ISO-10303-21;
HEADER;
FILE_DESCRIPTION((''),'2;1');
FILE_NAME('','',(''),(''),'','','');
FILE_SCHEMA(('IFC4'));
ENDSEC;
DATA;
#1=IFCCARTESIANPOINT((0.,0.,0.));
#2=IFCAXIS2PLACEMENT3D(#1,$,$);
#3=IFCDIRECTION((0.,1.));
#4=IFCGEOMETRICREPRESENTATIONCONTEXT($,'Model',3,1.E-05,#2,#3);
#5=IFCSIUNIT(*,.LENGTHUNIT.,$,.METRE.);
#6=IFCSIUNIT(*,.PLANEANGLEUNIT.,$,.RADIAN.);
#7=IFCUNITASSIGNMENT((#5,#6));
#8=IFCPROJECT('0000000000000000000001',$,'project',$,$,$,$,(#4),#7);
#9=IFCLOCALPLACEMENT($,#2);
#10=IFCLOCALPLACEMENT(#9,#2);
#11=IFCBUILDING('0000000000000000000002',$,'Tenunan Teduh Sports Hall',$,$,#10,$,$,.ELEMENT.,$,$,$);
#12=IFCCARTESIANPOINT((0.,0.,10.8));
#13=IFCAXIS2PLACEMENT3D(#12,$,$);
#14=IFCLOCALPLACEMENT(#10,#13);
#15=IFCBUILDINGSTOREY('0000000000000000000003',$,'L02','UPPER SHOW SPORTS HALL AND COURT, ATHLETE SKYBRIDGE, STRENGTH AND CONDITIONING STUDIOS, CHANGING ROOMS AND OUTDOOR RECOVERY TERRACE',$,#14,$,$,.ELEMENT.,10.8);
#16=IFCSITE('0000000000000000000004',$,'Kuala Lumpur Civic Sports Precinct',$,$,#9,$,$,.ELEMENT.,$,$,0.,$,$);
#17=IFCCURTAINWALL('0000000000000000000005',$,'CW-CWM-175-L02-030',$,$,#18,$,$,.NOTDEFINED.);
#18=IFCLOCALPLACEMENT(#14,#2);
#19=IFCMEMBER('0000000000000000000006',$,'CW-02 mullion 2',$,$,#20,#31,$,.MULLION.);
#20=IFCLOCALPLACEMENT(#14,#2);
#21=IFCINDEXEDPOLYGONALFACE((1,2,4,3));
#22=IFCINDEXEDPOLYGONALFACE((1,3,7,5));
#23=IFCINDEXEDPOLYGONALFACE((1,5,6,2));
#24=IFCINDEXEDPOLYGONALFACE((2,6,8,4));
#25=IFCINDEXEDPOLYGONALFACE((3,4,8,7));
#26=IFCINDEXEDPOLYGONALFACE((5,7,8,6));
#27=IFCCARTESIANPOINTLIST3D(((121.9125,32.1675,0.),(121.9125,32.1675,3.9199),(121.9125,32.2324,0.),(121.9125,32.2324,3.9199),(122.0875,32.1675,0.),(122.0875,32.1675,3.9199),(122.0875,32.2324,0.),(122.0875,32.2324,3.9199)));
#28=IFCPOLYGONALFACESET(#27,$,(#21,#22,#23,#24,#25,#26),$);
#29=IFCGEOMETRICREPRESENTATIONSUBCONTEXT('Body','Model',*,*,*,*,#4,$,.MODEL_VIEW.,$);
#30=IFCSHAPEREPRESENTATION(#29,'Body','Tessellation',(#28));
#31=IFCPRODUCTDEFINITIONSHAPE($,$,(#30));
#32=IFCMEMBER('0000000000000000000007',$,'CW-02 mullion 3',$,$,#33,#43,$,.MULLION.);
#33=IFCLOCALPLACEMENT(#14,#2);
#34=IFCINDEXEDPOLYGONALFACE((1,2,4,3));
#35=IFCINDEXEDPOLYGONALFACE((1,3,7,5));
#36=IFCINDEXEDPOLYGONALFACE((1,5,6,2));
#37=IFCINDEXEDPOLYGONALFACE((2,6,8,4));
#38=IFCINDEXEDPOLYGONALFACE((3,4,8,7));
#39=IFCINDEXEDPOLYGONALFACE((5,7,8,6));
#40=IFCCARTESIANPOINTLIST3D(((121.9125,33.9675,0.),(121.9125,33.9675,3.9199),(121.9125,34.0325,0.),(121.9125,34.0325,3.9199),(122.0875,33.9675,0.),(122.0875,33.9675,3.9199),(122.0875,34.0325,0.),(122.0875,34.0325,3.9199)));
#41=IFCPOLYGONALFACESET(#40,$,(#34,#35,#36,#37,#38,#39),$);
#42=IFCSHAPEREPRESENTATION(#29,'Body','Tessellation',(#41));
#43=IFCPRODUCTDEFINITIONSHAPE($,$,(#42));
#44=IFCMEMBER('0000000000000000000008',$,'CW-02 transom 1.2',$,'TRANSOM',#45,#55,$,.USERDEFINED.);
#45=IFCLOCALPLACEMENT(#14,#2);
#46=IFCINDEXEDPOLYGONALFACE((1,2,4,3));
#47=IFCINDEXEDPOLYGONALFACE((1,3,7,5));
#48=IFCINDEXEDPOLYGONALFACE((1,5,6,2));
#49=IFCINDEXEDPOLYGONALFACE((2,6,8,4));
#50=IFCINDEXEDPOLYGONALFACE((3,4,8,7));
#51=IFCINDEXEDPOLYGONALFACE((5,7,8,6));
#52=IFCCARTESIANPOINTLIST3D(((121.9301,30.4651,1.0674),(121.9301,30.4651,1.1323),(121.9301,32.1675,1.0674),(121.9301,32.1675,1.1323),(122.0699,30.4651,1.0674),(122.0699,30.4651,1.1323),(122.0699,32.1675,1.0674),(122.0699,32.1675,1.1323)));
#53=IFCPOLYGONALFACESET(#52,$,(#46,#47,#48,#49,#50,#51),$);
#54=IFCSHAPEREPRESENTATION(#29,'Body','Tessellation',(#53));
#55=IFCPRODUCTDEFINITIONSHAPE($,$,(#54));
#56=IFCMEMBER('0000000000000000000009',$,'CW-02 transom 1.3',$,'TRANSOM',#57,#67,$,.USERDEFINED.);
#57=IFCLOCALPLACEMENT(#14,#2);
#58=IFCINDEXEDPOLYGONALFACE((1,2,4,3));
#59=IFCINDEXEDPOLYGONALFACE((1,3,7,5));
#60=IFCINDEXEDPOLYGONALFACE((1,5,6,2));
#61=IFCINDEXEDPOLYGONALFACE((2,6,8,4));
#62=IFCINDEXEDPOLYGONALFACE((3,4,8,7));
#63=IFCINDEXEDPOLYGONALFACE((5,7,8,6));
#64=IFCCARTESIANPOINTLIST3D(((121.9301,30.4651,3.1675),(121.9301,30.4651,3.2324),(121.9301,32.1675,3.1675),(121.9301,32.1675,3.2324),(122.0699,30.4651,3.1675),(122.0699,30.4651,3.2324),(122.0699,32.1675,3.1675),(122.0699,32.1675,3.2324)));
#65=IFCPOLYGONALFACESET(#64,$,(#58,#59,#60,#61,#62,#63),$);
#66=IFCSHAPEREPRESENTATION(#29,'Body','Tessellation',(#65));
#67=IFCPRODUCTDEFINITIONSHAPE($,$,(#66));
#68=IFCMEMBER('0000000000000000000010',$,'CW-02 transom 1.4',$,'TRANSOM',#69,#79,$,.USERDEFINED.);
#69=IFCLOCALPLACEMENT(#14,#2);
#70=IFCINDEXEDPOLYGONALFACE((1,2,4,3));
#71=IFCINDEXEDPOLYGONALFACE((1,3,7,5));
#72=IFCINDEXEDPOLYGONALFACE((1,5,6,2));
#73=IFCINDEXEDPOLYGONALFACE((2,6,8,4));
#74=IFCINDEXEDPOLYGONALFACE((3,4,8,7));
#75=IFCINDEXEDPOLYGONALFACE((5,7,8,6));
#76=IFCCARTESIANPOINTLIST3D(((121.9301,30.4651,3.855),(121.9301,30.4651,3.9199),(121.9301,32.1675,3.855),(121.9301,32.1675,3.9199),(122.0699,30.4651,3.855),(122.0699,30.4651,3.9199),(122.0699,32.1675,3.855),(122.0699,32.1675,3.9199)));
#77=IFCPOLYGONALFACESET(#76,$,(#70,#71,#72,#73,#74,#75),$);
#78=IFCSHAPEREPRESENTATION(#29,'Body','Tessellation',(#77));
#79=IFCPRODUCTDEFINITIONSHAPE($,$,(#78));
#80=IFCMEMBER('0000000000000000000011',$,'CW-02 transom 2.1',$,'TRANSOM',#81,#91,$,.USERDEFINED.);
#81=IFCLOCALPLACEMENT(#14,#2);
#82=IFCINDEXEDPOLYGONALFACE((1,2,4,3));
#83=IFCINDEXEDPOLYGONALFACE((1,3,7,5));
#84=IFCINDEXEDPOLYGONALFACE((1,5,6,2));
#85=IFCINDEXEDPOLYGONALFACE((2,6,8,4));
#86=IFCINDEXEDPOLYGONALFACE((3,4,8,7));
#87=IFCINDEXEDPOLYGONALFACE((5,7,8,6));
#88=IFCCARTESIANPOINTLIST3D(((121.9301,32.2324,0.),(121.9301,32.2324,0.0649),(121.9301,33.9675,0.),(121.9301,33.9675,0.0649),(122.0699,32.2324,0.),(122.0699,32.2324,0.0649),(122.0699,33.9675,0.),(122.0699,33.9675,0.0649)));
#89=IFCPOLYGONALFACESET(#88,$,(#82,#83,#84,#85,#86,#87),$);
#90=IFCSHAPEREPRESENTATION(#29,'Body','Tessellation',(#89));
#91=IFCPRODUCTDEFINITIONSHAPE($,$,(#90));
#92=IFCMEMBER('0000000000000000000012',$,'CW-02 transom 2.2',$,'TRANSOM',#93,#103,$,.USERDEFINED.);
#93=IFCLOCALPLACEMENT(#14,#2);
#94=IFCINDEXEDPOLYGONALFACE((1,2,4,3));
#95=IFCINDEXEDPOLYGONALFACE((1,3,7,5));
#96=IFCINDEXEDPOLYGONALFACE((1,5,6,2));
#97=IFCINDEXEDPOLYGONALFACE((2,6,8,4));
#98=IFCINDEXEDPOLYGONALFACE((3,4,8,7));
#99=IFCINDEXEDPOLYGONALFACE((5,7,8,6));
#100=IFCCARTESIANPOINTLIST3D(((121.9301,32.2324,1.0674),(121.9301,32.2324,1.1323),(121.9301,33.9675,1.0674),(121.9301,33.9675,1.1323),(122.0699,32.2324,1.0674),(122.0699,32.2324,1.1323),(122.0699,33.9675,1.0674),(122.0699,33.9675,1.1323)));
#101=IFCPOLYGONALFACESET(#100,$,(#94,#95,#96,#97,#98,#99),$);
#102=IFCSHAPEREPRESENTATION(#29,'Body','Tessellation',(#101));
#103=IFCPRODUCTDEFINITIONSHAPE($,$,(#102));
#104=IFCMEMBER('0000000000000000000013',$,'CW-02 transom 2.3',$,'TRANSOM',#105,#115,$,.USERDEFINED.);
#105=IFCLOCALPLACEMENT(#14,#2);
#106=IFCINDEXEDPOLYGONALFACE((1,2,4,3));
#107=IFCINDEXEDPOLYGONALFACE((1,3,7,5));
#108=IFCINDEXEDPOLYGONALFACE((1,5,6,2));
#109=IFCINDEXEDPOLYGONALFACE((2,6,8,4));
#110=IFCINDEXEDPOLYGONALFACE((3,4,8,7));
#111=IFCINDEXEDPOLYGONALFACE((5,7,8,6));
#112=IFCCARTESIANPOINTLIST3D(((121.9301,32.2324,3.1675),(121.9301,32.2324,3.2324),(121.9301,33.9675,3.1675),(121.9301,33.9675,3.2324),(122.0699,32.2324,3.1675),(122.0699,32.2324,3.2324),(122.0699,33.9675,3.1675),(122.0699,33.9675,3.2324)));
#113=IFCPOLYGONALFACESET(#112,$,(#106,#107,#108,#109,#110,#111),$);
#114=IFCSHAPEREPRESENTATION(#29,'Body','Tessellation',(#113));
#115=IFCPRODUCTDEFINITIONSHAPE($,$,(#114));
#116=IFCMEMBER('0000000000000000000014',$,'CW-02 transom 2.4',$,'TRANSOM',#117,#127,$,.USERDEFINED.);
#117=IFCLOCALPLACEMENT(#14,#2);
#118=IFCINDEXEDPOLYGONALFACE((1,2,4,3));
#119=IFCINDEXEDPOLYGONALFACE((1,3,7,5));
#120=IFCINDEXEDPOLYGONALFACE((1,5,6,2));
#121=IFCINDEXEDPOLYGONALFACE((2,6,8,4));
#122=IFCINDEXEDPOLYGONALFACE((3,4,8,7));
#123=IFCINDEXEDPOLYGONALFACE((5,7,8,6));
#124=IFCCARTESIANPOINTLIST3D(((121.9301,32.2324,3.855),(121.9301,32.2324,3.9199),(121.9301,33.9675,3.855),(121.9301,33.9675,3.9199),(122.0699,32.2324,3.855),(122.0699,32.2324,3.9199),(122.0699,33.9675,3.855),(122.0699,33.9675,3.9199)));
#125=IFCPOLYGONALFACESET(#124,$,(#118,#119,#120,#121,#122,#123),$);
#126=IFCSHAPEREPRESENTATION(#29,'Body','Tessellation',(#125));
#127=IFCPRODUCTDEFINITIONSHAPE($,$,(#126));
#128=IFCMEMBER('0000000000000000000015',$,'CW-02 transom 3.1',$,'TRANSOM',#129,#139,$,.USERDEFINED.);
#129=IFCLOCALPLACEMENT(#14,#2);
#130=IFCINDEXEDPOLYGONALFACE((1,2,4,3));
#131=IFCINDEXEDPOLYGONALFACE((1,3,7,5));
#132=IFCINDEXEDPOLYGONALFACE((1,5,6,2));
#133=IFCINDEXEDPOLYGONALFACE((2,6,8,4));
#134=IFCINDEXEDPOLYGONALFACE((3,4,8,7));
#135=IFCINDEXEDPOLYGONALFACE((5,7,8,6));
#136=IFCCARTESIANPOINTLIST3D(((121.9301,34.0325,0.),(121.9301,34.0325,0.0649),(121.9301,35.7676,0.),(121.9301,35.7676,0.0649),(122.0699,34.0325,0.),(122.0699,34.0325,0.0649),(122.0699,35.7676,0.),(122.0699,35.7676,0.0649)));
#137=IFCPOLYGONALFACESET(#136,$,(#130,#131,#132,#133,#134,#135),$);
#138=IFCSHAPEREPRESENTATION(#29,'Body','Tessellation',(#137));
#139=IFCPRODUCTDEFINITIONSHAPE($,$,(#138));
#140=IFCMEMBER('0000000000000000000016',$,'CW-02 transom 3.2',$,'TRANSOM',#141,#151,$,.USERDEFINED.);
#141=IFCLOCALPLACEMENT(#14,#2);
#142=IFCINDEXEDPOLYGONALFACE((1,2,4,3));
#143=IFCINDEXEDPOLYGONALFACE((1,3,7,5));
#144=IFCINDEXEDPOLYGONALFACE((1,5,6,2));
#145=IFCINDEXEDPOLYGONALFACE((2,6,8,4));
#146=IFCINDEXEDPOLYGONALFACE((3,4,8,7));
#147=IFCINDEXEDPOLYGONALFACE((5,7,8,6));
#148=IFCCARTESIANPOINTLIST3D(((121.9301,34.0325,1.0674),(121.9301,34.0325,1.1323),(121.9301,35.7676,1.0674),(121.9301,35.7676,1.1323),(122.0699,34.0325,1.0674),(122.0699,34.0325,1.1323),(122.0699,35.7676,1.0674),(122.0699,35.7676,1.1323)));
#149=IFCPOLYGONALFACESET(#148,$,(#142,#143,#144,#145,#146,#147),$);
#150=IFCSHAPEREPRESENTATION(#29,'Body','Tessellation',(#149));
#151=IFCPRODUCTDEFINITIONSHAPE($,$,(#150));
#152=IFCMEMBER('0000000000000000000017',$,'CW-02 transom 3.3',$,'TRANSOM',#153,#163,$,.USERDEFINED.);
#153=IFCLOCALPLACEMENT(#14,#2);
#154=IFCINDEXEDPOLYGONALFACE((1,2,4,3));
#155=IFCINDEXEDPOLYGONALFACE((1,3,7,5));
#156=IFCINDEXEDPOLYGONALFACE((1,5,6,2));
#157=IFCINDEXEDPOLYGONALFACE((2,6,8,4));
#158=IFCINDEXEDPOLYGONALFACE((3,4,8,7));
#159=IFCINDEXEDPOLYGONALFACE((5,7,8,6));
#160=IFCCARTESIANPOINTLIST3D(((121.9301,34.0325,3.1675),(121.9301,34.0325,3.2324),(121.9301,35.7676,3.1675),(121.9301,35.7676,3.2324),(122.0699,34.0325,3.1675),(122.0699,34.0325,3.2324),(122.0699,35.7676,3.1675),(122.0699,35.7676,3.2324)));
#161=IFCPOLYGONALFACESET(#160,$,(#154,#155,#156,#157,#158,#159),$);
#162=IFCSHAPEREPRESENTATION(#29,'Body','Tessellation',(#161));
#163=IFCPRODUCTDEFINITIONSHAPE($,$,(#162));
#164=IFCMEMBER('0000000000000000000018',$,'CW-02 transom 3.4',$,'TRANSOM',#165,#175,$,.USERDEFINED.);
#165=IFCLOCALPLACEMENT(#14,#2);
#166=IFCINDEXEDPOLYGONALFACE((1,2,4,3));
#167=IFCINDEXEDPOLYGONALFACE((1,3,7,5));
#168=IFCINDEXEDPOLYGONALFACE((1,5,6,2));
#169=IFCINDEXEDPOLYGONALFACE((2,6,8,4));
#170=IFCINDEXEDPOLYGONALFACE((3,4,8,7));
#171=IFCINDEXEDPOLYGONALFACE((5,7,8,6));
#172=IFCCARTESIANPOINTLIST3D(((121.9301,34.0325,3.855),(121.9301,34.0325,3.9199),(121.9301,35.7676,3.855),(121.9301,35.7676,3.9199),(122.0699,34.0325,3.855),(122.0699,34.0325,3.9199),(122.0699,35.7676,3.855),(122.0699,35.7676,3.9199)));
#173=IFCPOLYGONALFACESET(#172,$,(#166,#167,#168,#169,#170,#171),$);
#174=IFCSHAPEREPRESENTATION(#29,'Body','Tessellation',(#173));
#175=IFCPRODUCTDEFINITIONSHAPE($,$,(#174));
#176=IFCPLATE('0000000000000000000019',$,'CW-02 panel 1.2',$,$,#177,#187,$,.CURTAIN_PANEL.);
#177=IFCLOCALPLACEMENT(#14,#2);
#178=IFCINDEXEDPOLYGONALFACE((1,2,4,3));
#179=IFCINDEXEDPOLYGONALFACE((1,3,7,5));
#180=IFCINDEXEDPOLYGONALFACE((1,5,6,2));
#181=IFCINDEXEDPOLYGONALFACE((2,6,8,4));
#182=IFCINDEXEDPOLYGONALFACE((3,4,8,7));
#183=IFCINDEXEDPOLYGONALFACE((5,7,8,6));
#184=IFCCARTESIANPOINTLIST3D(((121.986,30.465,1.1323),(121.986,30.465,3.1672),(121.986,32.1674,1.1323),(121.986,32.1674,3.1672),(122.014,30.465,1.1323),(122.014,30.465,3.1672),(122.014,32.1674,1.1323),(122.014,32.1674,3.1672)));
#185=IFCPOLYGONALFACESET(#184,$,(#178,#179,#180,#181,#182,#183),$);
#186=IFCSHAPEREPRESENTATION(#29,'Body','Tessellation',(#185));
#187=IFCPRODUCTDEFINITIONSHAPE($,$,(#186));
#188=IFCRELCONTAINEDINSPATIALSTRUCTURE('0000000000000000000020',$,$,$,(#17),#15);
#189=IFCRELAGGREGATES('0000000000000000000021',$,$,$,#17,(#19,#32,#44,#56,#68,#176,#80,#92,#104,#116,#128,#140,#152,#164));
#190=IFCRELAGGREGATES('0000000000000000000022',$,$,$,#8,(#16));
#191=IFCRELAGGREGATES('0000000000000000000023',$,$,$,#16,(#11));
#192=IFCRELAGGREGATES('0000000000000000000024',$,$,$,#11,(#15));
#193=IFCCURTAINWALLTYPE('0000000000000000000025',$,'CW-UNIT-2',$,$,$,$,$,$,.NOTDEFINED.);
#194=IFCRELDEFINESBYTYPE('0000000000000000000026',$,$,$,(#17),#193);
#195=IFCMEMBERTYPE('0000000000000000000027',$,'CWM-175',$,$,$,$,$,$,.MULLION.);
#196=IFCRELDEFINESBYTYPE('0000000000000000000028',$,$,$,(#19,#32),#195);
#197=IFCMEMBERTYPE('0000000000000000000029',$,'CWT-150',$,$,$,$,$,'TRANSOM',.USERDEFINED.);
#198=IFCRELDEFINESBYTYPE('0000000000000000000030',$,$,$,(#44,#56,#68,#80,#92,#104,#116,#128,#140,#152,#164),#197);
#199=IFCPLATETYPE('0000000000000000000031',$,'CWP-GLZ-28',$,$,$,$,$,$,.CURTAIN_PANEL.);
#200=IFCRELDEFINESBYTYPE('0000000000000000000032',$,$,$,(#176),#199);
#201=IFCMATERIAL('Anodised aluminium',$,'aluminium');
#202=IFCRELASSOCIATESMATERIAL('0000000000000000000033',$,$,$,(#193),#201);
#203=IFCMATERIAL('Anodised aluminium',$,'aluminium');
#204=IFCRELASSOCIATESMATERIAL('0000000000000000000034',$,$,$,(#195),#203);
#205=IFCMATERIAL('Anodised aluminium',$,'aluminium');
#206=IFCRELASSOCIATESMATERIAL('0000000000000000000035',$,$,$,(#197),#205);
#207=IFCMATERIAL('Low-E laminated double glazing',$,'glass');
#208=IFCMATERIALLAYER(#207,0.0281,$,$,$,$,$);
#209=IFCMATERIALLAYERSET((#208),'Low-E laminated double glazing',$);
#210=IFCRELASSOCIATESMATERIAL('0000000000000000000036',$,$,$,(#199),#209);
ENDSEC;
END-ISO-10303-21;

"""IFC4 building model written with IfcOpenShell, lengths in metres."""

from ifc_helpers import new_model, si_unit, direction, frame, origin, origin_2d, place, context, subcontext, project, spatial, rectangle, extrude, material, layer, layer_set, material_profile, profile_set, type_object, element, aggregate, save


model = new_model("IFC4")

# Units and contexts
model_context = context("Model", 3, precision=1e-05, world=origin(), true_north=direction((0.0, 1.0)))
body_context = subcontext(model_context, "Body", "Model", "MODEL_VIEW")
ifc_project = project(units=[si_unit("LENGTHUNIT", "METRE"), si_unit("PLANEANGLEUNIT", "RADIAN")], contexts=[model_context])

# Site, building, storey
site_placement = place(None, origin())
site = spatial("IfcSite", under=ifc_project, at=site_placement, Name="Kuala Lumpur Civic Sports Precinct", CompositionType="ELEMENT", RefElevation=0.0)
building_placement = place(site_placement, origin())
building = spatial("IfcBuilding", under=site, at=building_placement, Name="Tenunan Teduh Sports Hall", CompositionType="ELEMENT")
storey_placement = place(building_placement, frame((0.0, 0.0, 10.8)))
storey = spatial("IfcBuildingStorey", under=building, at=storey_placement, Name="L02", Description="UPPER SHOW SPORTS HALL AND COURT, ATHLETE SKYBRIDGE, STRENGTH AND CONDITIONING STUDIOS, CHANGING ROOMS AND OUTDOOR RECOVERY TERRACE", CompositionType="ELEMENT", Elevation=10.8)

# Curtain wall, members, plate
ifc_material_1 = material(Name="Anodised aluminium", Category="aluminium")
curtain_wall_type = type_object("IfcCurtainWallType", Name="CW-UNIT-2", PredefinedType="NOTDEFINED", material=ifc_material_1)
curtain_wall_placement = place(storey_placement, origin())
curtain_wall = element("IfcCurtainWall", 1, at=curtain_wall_placement, inside=storey, type_object=curtain_wall_type, Name="CW-CWM-175-L02-030", PredefinedType="NOTDEFINED")
ifc_material_2 = material(Name="Anodised aluminium", Category="aluminium")
ifc_material_profile_1 = material_profile(ifc_material_2, rectangle(XDim=0.0649, YDim=0.175, at=origin_2d()), Name="CWM 65x175")
ifc_profile_set_1 = profile_set([ifc_material_profile_1], Name="Anodised aluminium")
member_type_1 = type_object("IfcMemberType", Name="CWM-175", PredefinedType="MULLION", material=ifc_profile_set_1)
member_1_placement = place(storey_placement, frame((122.0, 32.2, 0.0), z_axis=(0.0, 0.0, 1.0), x_axis=(0.0, 1.0, 0.0)))
member_1 = element("IfcMember", 2, at=member_1_placement, type_object=member_type_1, Name="CW-02 mullion 2", PredefinedType="MULLION", context=body_context, shape_type="SweptSolid", body=[
    extrude(rectangle(XDim=0.0649, YDim=0.175, at=origin_2d()), origin(), (0.0, 0.0, 1.0), 3.9199),
])
member_2_placement = place(storey_placement, frame((122.0, 34.0, 0.0), z_axis=(0.0, 0.0, 1.0), x_axis=(0.0, 1.0, 0.0)))
member_2 = element("IfcMember", 3, at=member_2_placement, type_object=member_type_1, Name="CW-02 mullion 3", PredefinedType="MULLION", context=body_context, shape_type="SweptSolid", body=[
    extrude(rectangle(XDim=0.0649, YDim=0.175, at=origin_2d()), origin(), (0.0, 0.0, 1.0), 3.9199),
])
ifc_material_3 = material(Name="Anodised aluminium", Category="aluminium")
ifc_material_profile_2 = material_profile(ifc_material_3, rectangle(XDim=0.0649, YDim=0.1399, at=origin_2d()), Name="CWT 65x140")
ifc_profile_set_2 = profile_set([ifc_material_profile_2], Name="Anodised aluminium")
member_type_2 = type_object("IfcMemberType", Name="CWT-150", ElementType="TRANSOM", PredefinedType="USERDEFINED", material=ifc_profile_set_2)
member_3_placement = place(storey_placement, frame((122.0, 30.4651, 1.0999), z_axis=(0.0, 1.0, 0.0), x_axis=(0.0, 0.0, 1.0)))
member_3 = element("IfcMember", 4, at=member_3_placement, type_object=member_type_2, Name="CW-02 transom 1.2", ObjectType="TRANSOM", PredefinedType="USERDEFINED", context=body_context, shape_type="SweptSolid", body=[
    extrude(rectangle(XDim=0.0649, YDim=0.1399, at=origin_2d()), origin(), (0.0, 0.0, 1.0), 1.7024),
])
member_4_placement = place(storey_placement, frame((122.0, 30.4651, 3.2), z_axis=(0.0, 1.0, 0.0), x_axis=(0.0, 0.0, 1.0)))
member_4 = element("IfcMember", 5, at=member_4_placement, type_object=member_type_2, Name="CW-02 transom 1.3", ObjectType="TRANSOM", PredefinedType="USERDEFINED", context=body_context, shape_type="SweptSolid", body=[
    extrude(rectangle(XDim=0.0649, YDim=0.1399, at=origin_2d()), origin(), (0.0, 0.0, 1.0), 1.7024),
])
member_5_placement = place(storey_placement, frame((122.0, 30.4651, 3.8875), z_axis=(0.0, 1.0, 0.0), x_axis=(0.0, 0.0, 1.0)))
member_5 = element("IfcMember", 6, at=member_5_placement, type_object=member_type_2, Name="CW-02 transom 1.4", ObjectType="TRANSOM", PredefinedType="USERDEFINED", context=body_context, shape_type="SweptSolid", body=[
    extrude(rectangle(XDim=0.0649, YDim=0.1399, at=origin_2d()), origin(), (0.0, 0.0, 1.0), 1.7024),
])
member_6_placement = place(storey_placement, frame((122.0, 32.2324, 0.0325), z_axis=(0.0, 1.0, 0.0), x_axis=(0.0, 0.0, 1.0)))
member_6 = element("IfcMember", 7, at=member_6_placement, type_object=member_type_2, Name="CW-02 transom 2.1", ObjectType="TRANSOM", PredefinedType="USERDEFINED", context=body_context, shape_type="SweptSolid", body=[
    extrude(rectangle(XDim=0.0649, YDim=0.1399, at=origin_2d()), origin(), (0.0, 0.0, 1.0), 1.7351),
])
member_7_placement = place(storey_placement, frame((122.0, 32.2324, 1.0999), z_axis=(0.0, 1.0, 0.0), x_axis=(0.0, 0.0, 1.0)))
member_7 = element("IfcMember", 8, at=member_7_placement, type_object=member_type_2, Name="CW-02 transom 2.2", ObjectType="TRANSOM", PredefinedType="USERDEFINED", context=body_context, shape_type="SweptSolid", body=[
    extrude(rectangle(XDim=0.0649, YDim=0.1399, at=origin_2d()), origin(), (0.0, 0.0, 1.0), 1.7351),
])
member_8_placement = place(storey_placement, frame((122.0, 32.2324, 3.2), z_axis=(0.0, 1.0, 0.0), x_axis=(0.0, 0.0, 1.0)))
member_8 = element("IfcMember", 9, at=member_8_placement, type_object=member_type_2, Name="CW-02 transom 2.3", ObjectType="TRANSOM", PredefinedType="USERDEFINED", context=body_context, shape_type="SweptSolid", body=[
    extrude(rectangle(XDim=0.0649, YDim=0.1399, at=origin_2d()), origin(), (0.0, 0.0, 1.0), 1.7351),
])
member_9_placement = place(storey_placement, frame((122.0, 32.2324, 3.8875), z_axis=(0.0, 1.0, 0.0), x_axis=(0.0, 0.0, 1.0)))
member_9 = element("IfcMember", 10, at=member_9_placement, type_object=member_type_2, Name="CW-02 transom 2.4", ObjectType="TRANSOM", PredefinedType="USERDEFINED", context=body_context, shape_type="SweptSolid", body=[
    extrude(rectangle(XDim=0.0649, YDim=0.1399, at=origin_2d()), origin(), (0.0, 0.0, 1.0), 1.7351),
])
member_10_placement = place(storey_placement, frame((122.0, 34.0325, 0.0325), z_axis=(0.0, 1.0, 0.0), x_axis=(0.0, 0.0, 1.0)))
member_10 = element("IfcMember", 11, at=member_10_placement, type_object=member_type_2, Name="CW-02 transom 3.1", ObjectType="TRANSOM", PredefinedType="USERDEFINED", context=body_context, shape_type="SweptSolid", body=[
    extrude(rectangle(XDim=0.0649, YDim=0.1399, at=origin_2d()), origin(), (0.0, 0.0, 1.0), 1.7351),
])
member_11_placement = place(storey_placement, frame((122.0, 34.0325, 1.0999), z_axis=(0.0, 1.0, 0.0), x_axis=(0.0, 0.0, 1.0)))
member_11 = element("IfcMember", 12, at=member_11_placement, type_object=member_type_2, Name="CW-02 transom 3.2", ObjectType="TRANSOM", PredefinedType="USERDEFINED", context=body_context, shape_type="SweptSolid", body=[
    extrude(rectangle(XDim=0.0649, YDim=0.1399, at=origin_2d()), origin(), (0.0, 0.0, 1.0), 1.7351),
])
member_12_placement = place(storey_placement, frame((122.0, 34.0325, 3.2), z_axis=(0.0, 1.0, 0.0), x_axis=(0.0, 0.0, 1.0)))
member_12 = element("IfcMember", 13, at=member_12_placement, type_object=member_type_2, Name="CW-02 transom 3.3", ObjectType="TRANSOM", PredefinedType="USERDEFINED", context=body_context, shape_type="SweptSolid", body=[
    extrude(rectangle(XDim=0.0649, YDim=0.1399, at=origin_2d()), origin(), (0.0, 0.0, 1.0), 1.7351),
])
member_13_placement = place(storey_placement, frame((122.0, 34.0325, 3.8875), z_axis=(0.0, 1.0, 0.0), x_axis=(0.0, 0.0, 1.0)))
member_13 = element("IfcMember", 14, at=member_13_placement, type_object=member_type_2, Name="CW-02 transom 3.4", ObjectType="TRANSOM", PredefinedType="USERDEFINED", context=body_context, shape_type="SweptSolid", body=[
    extrude(rectangle(XDim=0.0649, YDim=0.1399, at=origin_2d()), origin(), (0.0, 0.0, 1.0), 1.7351),
])
ifc_material_4 = material(Name="Low-E laminated double glazing", Category="glass")
ifc_layer_1 = layer(ifc_material_4, 0.0281)
ifc_layer_set_1 = layer_set([ifc_layer_1], Name="Low-E laminated double glazing")
plate_type_1 = type_object("IfcPlateType", Name="CWP-GLZ-28", PredefinedType="CURTAIN_PANEL", material=ifc_layer_set_1)
plate_1_placement = place(storey_placement, frame((122.0, 31.3162, 1.1323), z_axis=(0.0, 0.0, 1.0), x_axis=(0.0, 1.0, 0.0)))
plate_1 = element("IfcPlate", 15, at=plate_1_placement, type_object=plate_type_1, Name="CW-02 panel 1.2", PredefinedType="CURTAIN_PANEL", context=body_context, shape_type="SweptSolid", body=[
    extrude(rectangle(XDim=1.7024, YDim=0.0281, at=origin_2d()), origin(), (0.0, 0.0, 1.0), 2.0349),
])
aggregate(curtain_wall, [member_1, member_2, member_3, member_4, member_5, plate_1, member_6, member_7, member_8, member_9, member_10, member_11, member_12, member_13])

save(model, "model.ifc")
